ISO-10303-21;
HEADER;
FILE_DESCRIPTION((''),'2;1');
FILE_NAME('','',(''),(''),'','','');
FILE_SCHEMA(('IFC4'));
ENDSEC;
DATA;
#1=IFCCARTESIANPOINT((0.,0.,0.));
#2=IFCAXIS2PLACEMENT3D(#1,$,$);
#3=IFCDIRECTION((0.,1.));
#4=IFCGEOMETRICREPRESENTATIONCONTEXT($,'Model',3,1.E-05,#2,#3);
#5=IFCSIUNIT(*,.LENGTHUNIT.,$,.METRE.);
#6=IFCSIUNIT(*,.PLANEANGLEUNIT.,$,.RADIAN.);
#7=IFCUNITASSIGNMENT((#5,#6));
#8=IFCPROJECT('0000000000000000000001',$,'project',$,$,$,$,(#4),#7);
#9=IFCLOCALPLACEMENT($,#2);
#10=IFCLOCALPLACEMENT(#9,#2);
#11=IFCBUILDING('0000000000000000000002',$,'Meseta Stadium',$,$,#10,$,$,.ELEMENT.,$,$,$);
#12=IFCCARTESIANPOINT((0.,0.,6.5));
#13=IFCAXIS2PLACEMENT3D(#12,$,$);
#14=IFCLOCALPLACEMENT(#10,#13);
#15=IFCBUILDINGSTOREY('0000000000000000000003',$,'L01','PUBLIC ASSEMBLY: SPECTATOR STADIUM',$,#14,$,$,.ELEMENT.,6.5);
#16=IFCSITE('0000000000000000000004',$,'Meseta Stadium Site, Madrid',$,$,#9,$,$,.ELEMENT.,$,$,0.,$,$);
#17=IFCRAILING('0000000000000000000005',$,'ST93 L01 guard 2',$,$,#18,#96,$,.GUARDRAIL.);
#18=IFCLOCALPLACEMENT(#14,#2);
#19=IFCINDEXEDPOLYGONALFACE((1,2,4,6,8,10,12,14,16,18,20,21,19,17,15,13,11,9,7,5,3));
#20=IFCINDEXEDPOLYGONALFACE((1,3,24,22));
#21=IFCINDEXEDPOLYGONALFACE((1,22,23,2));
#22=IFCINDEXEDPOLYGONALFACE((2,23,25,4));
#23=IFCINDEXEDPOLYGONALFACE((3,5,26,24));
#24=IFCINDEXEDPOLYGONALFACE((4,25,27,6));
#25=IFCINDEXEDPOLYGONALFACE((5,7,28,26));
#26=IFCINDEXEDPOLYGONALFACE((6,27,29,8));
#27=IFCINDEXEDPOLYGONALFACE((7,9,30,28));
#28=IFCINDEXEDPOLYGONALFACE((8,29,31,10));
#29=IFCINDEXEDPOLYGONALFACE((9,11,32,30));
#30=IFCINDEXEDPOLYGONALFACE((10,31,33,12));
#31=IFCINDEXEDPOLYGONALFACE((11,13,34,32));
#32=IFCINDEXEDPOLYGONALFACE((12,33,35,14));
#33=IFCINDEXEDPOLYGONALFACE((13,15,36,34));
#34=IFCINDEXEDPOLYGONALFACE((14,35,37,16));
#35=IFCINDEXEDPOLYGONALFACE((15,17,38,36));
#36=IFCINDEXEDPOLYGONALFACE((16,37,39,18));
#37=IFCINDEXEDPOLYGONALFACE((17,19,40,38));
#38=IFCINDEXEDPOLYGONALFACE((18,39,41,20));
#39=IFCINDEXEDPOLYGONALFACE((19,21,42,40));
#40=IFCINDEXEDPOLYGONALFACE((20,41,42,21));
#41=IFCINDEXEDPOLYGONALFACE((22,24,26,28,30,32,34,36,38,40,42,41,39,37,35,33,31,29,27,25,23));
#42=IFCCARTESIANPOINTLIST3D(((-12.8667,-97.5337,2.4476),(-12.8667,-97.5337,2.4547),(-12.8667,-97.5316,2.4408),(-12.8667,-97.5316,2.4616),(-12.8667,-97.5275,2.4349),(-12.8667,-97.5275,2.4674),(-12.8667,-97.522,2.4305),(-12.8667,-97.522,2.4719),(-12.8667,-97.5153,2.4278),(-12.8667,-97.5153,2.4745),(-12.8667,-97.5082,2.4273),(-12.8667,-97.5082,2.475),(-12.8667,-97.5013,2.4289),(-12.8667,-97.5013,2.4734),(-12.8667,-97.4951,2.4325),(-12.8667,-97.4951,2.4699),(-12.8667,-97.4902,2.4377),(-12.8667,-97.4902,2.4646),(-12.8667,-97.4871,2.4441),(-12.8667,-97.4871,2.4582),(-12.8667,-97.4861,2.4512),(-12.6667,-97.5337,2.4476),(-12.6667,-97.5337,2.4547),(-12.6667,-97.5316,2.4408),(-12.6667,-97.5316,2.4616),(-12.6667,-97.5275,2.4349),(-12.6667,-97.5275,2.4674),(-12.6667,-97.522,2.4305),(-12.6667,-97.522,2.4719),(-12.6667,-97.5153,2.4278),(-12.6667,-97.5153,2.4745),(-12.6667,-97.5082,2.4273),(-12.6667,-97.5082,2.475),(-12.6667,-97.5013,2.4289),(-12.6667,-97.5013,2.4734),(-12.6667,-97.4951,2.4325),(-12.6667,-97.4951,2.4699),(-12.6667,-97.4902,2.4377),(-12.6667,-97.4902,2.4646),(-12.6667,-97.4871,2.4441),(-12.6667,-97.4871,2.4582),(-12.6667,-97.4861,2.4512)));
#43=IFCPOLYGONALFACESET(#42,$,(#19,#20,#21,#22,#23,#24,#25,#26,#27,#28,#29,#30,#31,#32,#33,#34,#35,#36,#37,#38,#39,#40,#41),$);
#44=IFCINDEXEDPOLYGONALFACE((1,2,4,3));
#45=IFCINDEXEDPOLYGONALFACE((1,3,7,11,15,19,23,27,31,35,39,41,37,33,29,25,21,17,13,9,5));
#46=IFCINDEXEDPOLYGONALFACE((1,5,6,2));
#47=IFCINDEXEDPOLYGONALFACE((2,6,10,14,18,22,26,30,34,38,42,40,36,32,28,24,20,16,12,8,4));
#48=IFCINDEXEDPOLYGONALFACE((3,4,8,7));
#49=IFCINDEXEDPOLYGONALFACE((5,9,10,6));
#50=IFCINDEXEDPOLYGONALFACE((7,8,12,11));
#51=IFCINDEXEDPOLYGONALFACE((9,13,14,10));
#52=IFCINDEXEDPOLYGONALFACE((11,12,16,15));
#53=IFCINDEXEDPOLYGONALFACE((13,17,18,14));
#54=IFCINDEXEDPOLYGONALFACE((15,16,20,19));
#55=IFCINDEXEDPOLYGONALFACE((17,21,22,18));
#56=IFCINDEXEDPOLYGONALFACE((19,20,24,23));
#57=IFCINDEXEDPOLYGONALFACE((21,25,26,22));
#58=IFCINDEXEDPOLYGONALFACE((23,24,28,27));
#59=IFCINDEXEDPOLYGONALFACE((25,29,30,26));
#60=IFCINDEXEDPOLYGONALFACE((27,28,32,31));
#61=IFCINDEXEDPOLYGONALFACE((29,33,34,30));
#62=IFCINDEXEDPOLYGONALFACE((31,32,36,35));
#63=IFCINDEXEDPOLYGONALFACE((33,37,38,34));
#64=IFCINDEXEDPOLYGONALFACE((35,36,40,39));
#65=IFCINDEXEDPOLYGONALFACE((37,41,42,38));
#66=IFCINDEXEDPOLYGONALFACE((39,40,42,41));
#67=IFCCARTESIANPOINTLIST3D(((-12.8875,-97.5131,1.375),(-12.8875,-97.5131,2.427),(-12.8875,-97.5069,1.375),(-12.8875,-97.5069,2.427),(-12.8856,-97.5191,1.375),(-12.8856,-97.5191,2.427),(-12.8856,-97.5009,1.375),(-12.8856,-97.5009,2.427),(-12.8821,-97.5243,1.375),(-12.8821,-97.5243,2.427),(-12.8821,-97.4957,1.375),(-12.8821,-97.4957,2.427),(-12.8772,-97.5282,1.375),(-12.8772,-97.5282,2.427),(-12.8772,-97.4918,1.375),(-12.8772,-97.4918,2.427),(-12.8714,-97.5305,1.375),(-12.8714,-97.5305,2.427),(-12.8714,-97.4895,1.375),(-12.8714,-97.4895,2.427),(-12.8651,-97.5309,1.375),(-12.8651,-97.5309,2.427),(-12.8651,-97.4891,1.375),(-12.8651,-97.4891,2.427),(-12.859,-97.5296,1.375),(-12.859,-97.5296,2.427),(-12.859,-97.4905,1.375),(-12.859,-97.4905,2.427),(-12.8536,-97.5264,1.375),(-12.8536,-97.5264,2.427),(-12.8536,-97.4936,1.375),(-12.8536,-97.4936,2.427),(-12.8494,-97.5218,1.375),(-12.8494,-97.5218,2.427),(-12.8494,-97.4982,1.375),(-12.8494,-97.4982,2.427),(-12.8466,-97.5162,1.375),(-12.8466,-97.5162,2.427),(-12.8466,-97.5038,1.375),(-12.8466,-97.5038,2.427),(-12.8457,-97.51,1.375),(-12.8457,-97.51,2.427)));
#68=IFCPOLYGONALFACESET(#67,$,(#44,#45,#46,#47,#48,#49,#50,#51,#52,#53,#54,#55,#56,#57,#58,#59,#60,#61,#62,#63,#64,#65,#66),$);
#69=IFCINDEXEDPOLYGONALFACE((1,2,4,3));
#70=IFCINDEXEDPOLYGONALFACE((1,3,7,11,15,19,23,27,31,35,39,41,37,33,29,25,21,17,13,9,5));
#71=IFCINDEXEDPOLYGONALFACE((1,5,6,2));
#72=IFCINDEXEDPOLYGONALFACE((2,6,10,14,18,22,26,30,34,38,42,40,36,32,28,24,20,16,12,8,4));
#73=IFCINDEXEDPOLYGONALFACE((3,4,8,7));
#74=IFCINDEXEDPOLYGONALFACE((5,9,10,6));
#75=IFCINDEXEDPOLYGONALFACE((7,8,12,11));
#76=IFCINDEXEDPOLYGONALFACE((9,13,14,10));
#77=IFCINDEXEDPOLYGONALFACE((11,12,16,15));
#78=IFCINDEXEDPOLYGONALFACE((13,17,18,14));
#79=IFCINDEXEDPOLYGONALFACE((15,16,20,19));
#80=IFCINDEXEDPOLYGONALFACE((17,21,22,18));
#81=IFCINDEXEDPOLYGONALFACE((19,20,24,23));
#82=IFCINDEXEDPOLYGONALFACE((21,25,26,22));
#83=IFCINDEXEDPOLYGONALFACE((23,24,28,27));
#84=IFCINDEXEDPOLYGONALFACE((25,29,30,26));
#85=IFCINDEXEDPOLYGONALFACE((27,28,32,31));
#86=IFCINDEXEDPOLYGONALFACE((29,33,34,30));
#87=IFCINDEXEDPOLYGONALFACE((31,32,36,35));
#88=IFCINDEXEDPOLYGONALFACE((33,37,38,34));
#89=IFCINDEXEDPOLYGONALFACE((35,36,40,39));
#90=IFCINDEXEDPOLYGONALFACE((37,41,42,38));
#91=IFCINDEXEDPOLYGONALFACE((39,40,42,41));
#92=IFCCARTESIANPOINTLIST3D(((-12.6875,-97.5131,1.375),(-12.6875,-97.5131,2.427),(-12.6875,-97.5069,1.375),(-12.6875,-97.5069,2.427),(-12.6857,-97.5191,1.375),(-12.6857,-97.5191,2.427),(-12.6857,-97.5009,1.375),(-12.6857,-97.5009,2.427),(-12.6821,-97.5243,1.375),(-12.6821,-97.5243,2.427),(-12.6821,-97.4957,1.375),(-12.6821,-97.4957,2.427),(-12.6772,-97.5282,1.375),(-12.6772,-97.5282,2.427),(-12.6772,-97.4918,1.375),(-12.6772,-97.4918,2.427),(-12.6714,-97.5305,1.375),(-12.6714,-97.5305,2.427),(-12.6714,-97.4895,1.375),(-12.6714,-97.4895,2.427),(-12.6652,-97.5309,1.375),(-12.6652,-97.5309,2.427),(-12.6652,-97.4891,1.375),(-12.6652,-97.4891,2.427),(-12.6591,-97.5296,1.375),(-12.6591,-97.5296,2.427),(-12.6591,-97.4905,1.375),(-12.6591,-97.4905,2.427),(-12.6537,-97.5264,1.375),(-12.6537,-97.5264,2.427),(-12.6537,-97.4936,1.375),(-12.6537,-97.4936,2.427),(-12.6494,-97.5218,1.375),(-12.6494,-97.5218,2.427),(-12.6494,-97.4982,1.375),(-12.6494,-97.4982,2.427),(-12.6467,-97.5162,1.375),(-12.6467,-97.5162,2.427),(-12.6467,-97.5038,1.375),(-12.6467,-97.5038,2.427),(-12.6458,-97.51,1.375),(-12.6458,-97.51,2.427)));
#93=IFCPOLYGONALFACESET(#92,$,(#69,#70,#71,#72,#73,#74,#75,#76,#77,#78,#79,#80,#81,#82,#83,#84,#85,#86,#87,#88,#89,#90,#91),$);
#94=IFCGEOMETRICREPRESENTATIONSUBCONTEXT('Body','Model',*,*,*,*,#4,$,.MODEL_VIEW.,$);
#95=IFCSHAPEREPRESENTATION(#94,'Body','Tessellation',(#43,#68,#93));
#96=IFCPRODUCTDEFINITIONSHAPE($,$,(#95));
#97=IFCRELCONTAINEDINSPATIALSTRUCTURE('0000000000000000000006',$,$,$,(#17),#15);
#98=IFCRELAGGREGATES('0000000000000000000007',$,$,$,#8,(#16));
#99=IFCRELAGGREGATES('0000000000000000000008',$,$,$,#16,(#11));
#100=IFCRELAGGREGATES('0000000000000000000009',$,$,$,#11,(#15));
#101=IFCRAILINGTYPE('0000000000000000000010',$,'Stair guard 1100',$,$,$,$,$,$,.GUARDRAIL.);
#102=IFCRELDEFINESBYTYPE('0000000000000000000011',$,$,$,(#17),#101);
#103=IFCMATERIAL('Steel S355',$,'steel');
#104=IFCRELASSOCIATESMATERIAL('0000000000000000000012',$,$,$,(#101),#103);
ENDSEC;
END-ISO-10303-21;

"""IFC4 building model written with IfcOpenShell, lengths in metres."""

from ifc_helpers import new_model, si_unit, direction, frame, origin, origin_2d, place, context, subcontext, project, spatial, circle, extrude, material, type_object, element, save


model = new_model("IFC4")

# Units and contexts
model_context = context("Model", 3, precision=1e-05, world=origin(), true_north=direction((0.0, 1.0)))
body_context = subcontext(model_context, "Body", "Model", "MODEL_VIEW")
ifc_project = project(units=[si_unit("LENGTHUNIT", "METRE"), si_unit("PLANEANGLEUNIT", "RADIAN")], contexts=[model_context])

# Site, building, storey
site_placement = place(None, origin())
site = spatial("IfcSite", under=ifc_project, at=site_placement, Name="Meseta Stadium Site, Madrid", CompositionType="ELEMENT", RefElevation=0.0)
building_placement = place(site_placement, origin())
building = spatial("IfcBuilding", under=site, at=building_placement, Name="Meseta Stadium", CompositionType="ELEMENT")
storey_placement = place(building_placement, frame((0.0, 0.0, 6.5)))
storey = spatial("IfcBuildingStorey", under=building, at=storey_placement, Name="L01", Description="PUBLIC ASSEMBLY: SPECTATOR STADIUM", CompositionType="ELEMENT", Elevation=6.5)

# Railing
ifc_material_1 = material(Name="Steel S355", Category="steel")
railing_type_1 = type_object("IfcRailingType", Name="Stair guard 1100", PredefinedType="GUARDRAIL", material=ifc_material_1)
railing_1_placement = place(storey_placement, frame((-12.8667, -97.51, 1.375)))
element("IfcRailing", 1, at=railing_1_placement, inside=storey, type_object=railing_type_1, Name="ST93 L01 guard 2", PredefinedType="GUARDRAIL", context=body_context, shape_type="SweptSolid", body=[
    extrude(circle(Radius=0.0239, at=origin_2d()), frame((0.0, 0.0, 1.0762), z_axis=(1.0, 0.0, 0.0), x_axis=(0.0, 1.0, 0.0)), (0.0, 0.0, 1.0), 0.2),
    extrude(circle(Radius=0.021, at=origin_2d()), origin(), (0.0, 0.0, 1.0), 1.052),
    extrude(circle(Radius=0.021, at=origin_2d()), frame((0.2, 0.0, 0.0)), (0.0, 0.0, 1.0), 1.052),
])

save(model, "model.ifc")
